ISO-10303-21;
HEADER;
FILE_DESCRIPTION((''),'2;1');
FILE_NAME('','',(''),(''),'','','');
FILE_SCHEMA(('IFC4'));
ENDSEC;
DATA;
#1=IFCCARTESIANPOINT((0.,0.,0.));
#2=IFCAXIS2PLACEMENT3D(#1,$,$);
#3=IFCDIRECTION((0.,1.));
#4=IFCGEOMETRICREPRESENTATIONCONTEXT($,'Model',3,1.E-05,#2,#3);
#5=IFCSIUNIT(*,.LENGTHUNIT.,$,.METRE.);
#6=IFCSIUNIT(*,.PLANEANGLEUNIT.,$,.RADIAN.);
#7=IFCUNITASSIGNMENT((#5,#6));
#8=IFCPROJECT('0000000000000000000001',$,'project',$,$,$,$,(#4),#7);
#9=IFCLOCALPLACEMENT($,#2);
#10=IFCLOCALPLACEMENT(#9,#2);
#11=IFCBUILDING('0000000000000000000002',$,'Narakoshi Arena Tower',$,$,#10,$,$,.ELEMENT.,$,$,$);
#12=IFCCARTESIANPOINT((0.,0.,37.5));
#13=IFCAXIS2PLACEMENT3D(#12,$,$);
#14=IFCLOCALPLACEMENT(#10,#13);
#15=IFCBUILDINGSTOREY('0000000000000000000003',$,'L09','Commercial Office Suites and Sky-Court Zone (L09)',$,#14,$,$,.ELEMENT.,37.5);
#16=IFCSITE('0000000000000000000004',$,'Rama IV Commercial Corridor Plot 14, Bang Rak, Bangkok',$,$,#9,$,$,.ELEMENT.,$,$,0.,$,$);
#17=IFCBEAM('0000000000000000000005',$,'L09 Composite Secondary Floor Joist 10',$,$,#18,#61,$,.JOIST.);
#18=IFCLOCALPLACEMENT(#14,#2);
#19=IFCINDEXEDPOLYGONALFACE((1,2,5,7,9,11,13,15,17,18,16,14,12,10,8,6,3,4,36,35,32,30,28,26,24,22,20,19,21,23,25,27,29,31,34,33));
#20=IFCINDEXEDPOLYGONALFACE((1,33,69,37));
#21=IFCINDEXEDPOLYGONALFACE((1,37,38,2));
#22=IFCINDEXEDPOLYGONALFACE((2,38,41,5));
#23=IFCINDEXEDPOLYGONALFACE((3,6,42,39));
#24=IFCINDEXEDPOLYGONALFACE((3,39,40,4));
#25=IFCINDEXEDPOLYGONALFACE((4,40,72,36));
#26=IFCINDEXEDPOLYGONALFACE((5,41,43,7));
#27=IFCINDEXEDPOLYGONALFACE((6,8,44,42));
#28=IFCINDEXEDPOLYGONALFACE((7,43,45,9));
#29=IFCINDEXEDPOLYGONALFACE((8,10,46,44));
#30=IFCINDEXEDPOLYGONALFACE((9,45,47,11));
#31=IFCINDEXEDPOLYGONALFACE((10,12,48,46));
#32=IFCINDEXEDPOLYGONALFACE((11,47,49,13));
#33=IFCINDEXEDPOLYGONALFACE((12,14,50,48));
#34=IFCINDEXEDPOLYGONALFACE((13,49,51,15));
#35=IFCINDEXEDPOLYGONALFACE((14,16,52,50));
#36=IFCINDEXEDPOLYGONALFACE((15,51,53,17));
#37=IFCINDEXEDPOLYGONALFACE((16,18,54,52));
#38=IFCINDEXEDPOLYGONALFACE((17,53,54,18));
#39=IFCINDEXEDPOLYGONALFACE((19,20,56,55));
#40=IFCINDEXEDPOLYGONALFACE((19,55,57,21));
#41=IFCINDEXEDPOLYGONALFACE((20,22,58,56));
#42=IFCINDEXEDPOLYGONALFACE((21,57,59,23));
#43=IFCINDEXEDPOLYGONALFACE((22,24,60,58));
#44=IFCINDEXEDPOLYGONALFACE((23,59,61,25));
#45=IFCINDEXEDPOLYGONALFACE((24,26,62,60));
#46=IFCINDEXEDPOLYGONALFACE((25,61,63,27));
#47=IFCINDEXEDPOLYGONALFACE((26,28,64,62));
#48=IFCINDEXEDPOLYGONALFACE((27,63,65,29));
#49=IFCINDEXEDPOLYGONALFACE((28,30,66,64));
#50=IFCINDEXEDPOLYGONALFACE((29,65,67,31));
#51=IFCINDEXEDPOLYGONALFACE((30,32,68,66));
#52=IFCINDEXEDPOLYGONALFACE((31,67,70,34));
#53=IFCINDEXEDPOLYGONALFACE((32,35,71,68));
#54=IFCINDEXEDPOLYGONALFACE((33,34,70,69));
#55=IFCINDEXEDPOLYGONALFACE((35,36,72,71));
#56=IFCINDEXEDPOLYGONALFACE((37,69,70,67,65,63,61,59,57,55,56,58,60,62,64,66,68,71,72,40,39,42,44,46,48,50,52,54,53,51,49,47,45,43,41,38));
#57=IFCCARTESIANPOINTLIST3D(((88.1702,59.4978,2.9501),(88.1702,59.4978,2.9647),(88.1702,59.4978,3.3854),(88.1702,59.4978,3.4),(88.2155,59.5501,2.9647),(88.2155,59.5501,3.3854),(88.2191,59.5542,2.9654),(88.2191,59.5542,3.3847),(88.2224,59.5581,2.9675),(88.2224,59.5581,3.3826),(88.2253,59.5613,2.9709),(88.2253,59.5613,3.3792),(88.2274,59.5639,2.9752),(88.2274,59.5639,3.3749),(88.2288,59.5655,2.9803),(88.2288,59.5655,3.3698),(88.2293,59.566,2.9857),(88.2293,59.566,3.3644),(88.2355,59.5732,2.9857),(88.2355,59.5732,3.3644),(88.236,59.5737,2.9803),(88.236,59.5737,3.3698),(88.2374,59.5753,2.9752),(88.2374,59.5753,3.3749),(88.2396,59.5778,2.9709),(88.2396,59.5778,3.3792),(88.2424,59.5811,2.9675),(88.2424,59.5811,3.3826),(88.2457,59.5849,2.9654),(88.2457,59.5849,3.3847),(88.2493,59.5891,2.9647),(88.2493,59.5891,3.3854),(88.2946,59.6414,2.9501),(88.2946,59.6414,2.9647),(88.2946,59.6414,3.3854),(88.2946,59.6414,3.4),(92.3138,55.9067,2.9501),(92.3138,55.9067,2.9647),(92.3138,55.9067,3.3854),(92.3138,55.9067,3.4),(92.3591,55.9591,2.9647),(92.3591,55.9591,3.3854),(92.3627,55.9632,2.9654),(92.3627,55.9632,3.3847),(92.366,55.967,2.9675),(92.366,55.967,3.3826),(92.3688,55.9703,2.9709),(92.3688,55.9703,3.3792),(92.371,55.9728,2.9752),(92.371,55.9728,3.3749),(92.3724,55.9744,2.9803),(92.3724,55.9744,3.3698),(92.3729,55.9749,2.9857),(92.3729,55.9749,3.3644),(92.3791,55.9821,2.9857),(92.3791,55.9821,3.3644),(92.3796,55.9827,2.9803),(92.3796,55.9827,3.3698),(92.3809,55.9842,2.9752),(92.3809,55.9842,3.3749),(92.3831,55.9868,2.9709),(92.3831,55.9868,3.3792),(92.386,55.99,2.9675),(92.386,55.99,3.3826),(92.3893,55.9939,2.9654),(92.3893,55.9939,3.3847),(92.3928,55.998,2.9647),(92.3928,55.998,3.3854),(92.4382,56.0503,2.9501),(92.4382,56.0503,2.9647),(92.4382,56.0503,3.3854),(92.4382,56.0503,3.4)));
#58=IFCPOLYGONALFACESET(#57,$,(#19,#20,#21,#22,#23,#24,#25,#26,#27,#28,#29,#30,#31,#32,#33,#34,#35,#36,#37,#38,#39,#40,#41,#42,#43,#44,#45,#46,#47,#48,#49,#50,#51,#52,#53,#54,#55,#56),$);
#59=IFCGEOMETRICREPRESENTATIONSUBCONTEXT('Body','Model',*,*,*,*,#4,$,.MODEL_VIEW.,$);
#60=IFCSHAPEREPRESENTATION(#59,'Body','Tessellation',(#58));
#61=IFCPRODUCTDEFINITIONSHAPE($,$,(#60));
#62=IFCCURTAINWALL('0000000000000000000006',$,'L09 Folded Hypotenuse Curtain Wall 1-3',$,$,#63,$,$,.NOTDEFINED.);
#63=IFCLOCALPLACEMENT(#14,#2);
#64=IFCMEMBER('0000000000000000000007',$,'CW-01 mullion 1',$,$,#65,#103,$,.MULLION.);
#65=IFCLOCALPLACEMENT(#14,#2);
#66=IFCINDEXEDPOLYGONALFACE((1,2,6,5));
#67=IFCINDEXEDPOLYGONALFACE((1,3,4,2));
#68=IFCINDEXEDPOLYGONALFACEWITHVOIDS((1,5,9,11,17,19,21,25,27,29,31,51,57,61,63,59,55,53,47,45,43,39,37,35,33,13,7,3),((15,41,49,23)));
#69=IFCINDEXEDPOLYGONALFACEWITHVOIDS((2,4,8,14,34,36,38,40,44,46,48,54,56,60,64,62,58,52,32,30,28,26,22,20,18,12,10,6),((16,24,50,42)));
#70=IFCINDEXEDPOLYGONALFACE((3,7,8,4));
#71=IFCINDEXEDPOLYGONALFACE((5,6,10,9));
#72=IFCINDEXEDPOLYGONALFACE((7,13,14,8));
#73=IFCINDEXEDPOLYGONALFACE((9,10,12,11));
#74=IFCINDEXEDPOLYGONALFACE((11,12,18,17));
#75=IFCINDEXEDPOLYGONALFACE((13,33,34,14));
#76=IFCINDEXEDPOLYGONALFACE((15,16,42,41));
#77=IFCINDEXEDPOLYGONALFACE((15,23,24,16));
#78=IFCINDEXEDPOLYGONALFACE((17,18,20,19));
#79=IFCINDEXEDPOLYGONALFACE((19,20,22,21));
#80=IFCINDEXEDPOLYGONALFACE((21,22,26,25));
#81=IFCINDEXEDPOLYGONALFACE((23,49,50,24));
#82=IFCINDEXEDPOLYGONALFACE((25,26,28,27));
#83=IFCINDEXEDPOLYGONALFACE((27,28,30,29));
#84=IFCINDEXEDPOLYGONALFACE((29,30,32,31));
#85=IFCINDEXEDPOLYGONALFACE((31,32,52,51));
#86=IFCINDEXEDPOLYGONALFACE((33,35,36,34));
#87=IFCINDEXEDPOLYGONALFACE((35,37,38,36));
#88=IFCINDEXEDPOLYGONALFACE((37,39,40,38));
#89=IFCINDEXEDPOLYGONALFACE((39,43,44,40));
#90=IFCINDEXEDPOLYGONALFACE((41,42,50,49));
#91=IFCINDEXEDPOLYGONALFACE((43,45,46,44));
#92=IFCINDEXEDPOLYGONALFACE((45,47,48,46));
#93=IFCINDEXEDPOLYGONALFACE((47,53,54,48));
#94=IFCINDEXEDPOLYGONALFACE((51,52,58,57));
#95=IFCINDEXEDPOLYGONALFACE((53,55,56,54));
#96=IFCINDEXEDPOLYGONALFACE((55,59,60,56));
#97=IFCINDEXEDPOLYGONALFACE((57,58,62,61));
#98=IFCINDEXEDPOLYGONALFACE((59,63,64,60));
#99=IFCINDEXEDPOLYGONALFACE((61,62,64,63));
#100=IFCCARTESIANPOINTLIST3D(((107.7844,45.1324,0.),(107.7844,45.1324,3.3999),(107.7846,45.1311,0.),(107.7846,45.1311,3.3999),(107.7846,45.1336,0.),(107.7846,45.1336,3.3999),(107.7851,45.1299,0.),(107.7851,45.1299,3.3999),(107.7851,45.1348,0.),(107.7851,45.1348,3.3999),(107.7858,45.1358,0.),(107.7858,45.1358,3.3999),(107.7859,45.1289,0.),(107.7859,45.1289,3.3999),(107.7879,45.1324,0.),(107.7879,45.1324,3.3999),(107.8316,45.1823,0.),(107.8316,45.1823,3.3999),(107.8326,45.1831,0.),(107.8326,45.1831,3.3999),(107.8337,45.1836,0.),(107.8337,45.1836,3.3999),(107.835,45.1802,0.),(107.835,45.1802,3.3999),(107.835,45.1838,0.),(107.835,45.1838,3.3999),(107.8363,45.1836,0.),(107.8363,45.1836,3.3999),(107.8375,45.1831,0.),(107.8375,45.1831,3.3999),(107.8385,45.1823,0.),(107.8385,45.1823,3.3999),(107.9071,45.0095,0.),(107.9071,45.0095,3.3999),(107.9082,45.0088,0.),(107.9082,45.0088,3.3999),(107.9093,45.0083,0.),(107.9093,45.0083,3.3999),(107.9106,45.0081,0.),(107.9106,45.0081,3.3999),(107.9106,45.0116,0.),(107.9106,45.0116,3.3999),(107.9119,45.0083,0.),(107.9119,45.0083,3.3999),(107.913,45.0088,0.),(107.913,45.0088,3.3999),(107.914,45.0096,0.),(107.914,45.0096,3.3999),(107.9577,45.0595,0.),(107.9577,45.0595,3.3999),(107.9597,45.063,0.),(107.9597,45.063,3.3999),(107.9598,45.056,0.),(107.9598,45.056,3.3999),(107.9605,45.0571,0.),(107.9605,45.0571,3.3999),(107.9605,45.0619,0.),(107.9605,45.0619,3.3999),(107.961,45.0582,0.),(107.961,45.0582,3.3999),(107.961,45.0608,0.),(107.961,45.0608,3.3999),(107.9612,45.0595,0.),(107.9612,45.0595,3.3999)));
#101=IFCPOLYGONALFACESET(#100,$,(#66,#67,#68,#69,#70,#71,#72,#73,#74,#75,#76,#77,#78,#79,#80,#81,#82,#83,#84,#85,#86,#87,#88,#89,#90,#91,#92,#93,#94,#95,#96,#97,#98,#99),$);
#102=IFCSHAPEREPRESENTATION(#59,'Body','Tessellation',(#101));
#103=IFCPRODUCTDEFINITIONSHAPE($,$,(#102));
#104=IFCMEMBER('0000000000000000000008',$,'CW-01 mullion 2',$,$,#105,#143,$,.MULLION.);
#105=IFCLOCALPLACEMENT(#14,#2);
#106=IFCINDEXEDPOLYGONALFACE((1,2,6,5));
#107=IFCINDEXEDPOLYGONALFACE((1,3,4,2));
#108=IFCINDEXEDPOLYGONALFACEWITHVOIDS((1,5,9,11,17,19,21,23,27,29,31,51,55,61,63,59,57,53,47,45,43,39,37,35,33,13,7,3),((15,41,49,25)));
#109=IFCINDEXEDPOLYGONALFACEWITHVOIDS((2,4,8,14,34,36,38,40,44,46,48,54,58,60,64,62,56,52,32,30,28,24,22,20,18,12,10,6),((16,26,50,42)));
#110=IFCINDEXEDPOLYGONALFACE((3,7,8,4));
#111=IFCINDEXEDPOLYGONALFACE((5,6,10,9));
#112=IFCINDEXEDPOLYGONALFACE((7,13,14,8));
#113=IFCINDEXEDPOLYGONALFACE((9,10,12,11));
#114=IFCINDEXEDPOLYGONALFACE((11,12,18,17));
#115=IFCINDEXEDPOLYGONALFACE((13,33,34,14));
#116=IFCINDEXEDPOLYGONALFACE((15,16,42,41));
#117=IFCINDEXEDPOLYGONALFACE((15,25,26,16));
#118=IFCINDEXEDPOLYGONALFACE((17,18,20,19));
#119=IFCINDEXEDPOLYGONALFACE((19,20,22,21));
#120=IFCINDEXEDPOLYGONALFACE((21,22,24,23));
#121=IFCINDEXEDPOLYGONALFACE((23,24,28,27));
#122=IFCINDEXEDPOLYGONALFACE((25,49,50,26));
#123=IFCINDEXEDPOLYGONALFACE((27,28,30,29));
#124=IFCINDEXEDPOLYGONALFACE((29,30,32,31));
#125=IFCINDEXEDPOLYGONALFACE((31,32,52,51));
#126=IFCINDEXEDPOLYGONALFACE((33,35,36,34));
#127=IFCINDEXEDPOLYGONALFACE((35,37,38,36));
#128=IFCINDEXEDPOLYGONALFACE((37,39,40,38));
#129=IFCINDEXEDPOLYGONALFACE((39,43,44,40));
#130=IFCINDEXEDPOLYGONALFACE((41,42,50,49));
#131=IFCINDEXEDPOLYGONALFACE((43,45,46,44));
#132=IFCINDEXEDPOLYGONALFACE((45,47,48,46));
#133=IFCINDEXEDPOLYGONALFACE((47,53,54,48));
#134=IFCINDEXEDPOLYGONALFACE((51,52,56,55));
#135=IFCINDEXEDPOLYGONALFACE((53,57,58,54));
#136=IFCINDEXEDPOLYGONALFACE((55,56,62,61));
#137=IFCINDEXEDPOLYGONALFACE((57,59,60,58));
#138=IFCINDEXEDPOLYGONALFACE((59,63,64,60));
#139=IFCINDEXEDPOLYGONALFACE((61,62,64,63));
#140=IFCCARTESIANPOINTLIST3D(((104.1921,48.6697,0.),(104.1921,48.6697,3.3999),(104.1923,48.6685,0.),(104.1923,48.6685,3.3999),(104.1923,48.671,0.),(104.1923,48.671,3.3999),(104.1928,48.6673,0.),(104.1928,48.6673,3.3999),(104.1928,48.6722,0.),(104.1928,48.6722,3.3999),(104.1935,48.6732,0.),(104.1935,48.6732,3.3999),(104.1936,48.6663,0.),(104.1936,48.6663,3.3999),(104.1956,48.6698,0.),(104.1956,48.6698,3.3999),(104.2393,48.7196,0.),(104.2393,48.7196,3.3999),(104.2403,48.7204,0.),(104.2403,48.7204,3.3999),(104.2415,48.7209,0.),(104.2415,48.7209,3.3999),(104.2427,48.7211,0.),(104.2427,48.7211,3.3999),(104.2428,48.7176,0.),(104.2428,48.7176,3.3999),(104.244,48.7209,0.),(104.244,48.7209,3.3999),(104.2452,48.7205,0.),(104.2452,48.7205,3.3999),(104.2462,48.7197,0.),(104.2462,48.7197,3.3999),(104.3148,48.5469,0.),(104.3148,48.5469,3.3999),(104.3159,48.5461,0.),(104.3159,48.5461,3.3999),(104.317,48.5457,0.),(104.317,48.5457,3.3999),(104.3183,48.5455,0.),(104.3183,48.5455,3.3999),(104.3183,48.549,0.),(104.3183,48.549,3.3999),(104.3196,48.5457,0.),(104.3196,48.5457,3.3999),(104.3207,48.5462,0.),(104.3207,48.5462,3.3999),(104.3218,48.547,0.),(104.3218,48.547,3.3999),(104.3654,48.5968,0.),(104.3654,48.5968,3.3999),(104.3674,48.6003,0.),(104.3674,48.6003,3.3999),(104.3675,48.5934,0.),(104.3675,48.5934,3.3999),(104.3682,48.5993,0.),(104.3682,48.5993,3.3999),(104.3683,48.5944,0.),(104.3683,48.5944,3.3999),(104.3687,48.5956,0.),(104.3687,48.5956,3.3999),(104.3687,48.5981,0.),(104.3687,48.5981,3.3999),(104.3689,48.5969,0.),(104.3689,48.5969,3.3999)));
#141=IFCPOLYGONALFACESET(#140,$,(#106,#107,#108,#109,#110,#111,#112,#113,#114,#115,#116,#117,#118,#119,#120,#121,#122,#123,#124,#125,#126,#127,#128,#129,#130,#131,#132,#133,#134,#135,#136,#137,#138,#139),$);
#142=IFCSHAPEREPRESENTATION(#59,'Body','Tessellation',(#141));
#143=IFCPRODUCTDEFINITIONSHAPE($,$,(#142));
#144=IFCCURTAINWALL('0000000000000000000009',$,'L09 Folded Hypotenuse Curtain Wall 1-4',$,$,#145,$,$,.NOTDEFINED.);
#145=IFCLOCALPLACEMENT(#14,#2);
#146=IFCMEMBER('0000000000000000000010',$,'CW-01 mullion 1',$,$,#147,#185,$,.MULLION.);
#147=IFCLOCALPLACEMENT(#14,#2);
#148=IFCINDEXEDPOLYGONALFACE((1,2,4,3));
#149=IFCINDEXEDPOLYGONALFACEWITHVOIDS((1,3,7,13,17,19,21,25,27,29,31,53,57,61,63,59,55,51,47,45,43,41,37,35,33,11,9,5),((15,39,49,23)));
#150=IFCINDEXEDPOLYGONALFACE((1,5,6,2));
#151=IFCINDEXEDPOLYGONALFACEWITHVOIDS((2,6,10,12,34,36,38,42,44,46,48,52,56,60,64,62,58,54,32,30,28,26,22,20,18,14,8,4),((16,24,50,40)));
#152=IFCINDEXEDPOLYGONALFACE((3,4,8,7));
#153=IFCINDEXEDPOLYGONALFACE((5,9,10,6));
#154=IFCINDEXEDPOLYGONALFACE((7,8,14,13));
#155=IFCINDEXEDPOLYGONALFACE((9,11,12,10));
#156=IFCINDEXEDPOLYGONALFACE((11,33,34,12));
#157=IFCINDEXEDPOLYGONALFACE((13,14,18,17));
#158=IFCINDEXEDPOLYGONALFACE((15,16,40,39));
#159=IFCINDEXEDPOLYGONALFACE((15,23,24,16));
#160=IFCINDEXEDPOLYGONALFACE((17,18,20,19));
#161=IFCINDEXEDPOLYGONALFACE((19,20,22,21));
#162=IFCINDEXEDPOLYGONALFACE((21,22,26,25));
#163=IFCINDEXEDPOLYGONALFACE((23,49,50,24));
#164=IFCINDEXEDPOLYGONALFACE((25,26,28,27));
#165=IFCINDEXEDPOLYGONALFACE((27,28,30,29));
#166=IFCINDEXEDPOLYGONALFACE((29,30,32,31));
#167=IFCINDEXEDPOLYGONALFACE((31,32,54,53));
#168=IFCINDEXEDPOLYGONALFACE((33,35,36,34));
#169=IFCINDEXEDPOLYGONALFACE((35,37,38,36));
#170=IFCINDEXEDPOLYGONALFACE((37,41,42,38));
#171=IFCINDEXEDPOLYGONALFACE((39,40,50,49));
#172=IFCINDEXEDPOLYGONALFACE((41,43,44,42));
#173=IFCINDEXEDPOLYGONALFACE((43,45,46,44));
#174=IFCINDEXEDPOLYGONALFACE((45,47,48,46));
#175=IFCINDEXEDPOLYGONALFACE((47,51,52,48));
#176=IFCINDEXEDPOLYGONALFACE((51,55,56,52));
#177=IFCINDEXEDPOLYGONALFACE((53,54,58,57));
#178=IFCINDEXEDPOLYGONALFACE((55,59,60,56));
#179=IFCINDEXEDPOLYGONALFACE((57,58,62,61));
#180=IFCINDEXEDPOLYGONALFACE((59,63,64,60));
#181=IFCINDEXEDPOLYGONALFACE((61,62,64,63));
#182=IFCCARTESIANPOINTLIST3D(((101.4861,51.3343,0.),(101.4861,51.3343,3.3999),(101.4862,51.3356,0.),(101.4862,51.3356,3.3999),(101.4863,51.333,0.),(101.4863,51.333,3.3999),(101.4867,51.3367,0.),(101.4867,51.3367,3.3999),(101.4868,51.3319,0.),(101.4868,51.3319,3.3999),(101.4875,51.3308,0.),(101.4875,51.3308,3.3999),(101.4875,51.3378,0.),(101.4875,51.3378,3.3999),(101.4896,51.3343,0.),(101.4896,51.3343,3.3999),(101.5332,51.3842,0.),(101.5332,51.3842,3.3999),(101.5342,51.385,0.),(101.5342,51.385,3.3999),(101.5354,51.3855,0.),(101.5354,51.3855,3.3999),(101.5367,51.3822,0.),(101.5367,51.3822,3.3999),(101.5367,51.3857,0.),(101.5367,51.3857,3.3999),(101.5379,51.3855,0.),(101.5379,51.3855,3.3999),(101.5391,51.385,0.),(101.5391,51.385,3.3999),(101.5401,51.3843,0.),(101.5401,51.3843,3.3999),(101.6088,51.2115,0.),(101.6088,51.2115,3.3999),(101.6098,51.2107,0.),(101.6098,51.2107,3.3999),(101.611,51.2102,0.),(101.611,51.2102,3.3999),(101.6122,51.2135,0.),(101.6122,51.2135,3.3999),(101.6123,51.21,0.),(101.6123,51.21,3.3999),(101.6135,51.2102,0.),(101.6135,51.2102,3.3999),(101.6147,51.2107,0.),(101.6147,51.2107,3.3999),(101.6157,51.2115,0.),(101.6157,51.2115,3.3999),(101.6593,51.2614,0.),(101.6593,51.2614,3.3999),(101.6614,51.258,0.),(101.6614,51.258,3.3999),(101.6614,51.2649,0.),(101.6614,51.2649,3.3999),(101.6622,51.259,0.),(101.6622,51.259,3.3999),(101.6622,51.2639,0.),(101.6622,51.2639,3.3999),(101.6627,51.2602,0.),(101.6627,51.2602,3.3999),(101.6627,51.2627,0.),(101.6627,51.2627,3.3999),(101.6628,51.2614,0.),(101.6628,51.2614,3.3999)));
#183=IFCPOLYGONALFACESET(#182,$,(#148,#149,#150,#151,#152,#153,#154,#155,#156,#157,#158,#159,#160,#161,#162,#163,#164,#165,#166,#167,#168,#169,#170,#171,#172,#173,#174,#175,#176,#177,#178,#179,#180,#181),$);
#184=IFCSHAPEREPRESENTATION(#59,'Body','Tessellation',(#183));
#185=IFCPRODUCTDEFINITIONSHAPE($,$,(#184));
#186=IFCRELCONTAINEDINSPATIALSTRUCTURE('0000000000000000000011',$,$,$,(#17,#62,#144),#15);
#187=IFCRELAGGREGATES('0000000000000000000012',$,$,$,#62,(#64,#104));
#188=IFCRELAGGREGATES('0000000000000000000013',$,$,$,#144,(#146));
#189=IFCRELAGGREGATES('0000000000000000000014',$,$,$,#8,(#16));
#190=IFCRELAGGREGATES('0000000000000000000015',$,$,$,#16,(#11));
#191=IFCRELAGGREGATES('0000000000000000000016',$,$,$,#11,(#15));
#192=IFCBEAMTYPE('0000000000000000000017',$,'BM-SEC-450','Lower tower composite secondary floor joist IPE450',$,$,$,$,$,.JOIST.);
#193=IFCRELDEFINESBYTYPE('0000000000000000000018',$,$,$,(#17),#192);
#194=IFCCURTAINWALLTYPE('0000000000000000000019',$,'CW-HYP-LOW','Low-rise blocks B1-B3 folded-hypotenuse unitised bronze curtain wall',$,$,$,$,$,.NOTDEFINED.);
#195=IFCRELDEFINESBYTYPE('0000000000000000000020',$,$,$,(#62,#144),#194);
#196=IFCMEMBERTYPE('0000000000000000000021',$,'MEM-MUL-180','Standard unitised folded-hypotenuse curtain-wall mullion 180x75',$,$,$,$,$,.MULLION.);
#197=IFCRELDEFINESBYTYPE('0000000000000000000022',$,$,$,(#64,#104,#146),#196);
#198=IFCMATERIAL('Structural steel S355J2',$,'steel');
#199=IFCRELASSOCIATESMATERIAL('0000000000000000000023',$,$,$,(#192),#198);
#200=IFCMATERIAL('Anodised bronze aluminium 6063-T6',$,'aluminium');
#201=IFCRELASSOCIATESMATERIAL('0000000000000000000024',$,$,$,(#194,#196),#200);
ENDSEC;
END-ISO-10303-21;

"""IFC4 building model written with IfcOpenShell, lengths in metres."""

from ifc_helpers import new_model, si_unit, direction, frame, origin, origin_2d, place, context, subcontext, project, spatial, hollow_rectangle, i_section, extrude, material, material_profile, profile_set, type_object, element, aggregate, save


model = new_model("IFC4")

# Units and contexts
model_context = context("Model", 3, precision=1e-05, world=origin(), true_north=direction((0.0, 1.0)))
body_context = subcontext(model_context, "Body", "Model", "MODEL_VIEW")
ifc_project = project(units=[si_unit("LENGTHUNIT", "METRE"), si_unit("PLANEANGLEUNIT", "RADIAN")], contexts=[model_context])

# Site, building, storey
site_placement = place(None, origin())
site = spatial("IfcSite", under=ifc_project, at=site_placement, Name="Rama IV Commercial Corridor Plot 14, Bang Rak, Bangkok", CompositionType="ELEMENT", RefElevation=0.0)
building_placement = place(site_placement, origin())
building = spatial("IfcBuilding", under=site, at=building_placement, Name="Narakoshi Arena Tower", CompositionType="ELEMENT")
storey_placement = place(building_placement, frame((0.0, 0.0, 37.5)))
storey = spatial("IfcBuildingStorey", under=building, at=storey_placement, Name="L09", Description="Commercial Office Suites and Sky-Court Zone (L09)", CompositionType="ELEMENT", Elevation=37.5)

# Beam
ifc_material_1 = material(Name="Structural steel S355J2", Category="steel")
ifc_material_profile_1 = material_profile(ifc_material_1, i_section(OverallWidth=0.1899, OverallDepth=0.45, WebThickness=0.0095, FlangeThickness=0.0146, FilletRadius=0.021, at=origin_2d()), Name="IPE450")
ifc_profile_set_1 = profile_set([ifc_material_profile_1], Name="Structural steel S355J2")
beam_type_1 = type_object("IfcBeamType", Name="BM-SEC-450", Description="Lower tower composite secondary floor joist IPE450", PredefinedType="JOIST", material=ifc_profile_set_1)
beam_1_placement = place(storey_placement, frame((92.376, 55.9785, 3.175), z_axis=(-0.755691, 0.654929, 0.0), x_axis=(-0.654929, -0.755691, 0.0)))
element("IfcBeam", 1, at=beam_1_placement, inside=storey, type_object=beam_type_1, Name="L09 Composite Secondary Floor Joist 10", PredefinedType="JOIST", context=body_context, shape_type="SweptSolid", body=[
    extrude(i_section(OverallWidth=0.1899, OverallDepth=0.45, WebThickness=0.0095, FlangeThickness=0.0146, FilletRadius=0.021, at=origin_2d()), origin(), (0.0, 0.0, 1.0), 5.4832),
])

# Curtain walls, members
ifc_material_2 = material(Name="Anodised bronze aluminium 6063-T6", Category="aluminium")
curtain_wall_type = type_object("IfcCurtainWallType", Name="CW-HYP-LOW", Description="Low-rise blocks B1-B3 folded-hypotenuse unitised bronze curtain wall", PredefinedType="NOTDEFINED", material=ifc_material_2)
curtain_wall_1_placement = place(storey_placement, origin())
curtain_wall_1 = element("IfcCurtainWall", 2, at=curtain_wall_1_placement, inside=storey, type_object=curtain_wall_type, Name="L09 Folded Hypotenuse Curtain Wall 1-3", PredefinedType="NOTDEFINED")
ifc_material_profile_2 = material_profile(ifc_material_2, hollow_rectangle(XDim=0.075, YDim=0.1799, WallThickness=0.0039, OuterFilletRadius=0.0049, at=origin_2d()), Name="MUL180x75x4")
ifc_profile_set_2 = profile_set([ifc_material_profile_2], Name="Anodised bronze aluminium 6063-T6")
member_type_1 = type_object("IfcMemberType", Name="MEM-MUL-180", Description="Standard unitised folded-hypotenuse curtain-wall mullion 180x75", PredefinedType="MULLION", material=ifc_profile_set_2)
member_1_placement = place(storey_placement, frame((107.8728, 45.0959, 0.0), z_axis=(0.0, 0.0, 1.0), x_axis=(-0.701633, -0.712539, 0.0)))
member_1 = element("IfcMember", 3, at=member_1_placement, type_object=member_type_1, Name="CW-01 mullion 1", PredefinedType="MULLION", context=body_context, shape_type="SweptSolid", body=[
    extrude(hollow_rectangle(XDim=0.075, YDim=0.1799, WallThickness=0.0039, OuterFilletRadius=0.0049, at=origin_2d()), origin(), (0.0, 0.0, 1.0), 3.3999),
])
member_2_placement = place(storey_placement, frame((104.2805, 48.6333, 0.0), z_axis=(0.0, 0.0, 1.0), x_axis=(-0.701633, -0.712539, 0.0)))
member_2 = element("IfcMember", 4, at=member_2_placement, type_object=member_type_1, Name="CW-01 mullion 2", PredefinedType="MULLION", context=body_context, shape_type="SweptSolid", body=[
    extrude(hollow_rectangle(XDim=0.075, YDim=0.1799, WallThickness=0.0039, OuterFilletRadius=0.0049, at=origin_2d()), origin(), (0.0, 0.0, 1.0), 3.3999),
])
curtain_wall_2_placement = place(storey_placement, origin())
curtain_wall_2 = element("IfcCurtainWall", 5, at=curtain_wall_2_placement, inside=storey, type_object=curtain_wall_type, Name="L09 Folded Hypotenuse Curtain Wall 1-4", PredefinedType="NOTDEFINED")
member_3_placement = place(storey_placement, frame((101.5745, 51.2979, 0.0), z_axis=(0.0, 0.0, 1.0), x_axis=(-0.701633, -0.712539, 0.0)))
member_3 = element("IfcMember", 6, at=member_3_placement, type_object=member_type_1, Name="CW-01 mullion 1", PredefinedType="MULLION", context=body_context, shape_type="SweptSolid", body=[
    extrude(hollow_rectangle(XDim=0.075, YDim=0.1799, WallThickness=0.0039, OuterFilletRadius=0.0049, at=origin_2d()), origin(), (0.0, 0.0, 1.0), 3.3999),
])

aggregate(curtain_wall_1, [member_1, member_2])
aggregate(curtain_wall_2, [member_3])

save(model, "model.ifc")
